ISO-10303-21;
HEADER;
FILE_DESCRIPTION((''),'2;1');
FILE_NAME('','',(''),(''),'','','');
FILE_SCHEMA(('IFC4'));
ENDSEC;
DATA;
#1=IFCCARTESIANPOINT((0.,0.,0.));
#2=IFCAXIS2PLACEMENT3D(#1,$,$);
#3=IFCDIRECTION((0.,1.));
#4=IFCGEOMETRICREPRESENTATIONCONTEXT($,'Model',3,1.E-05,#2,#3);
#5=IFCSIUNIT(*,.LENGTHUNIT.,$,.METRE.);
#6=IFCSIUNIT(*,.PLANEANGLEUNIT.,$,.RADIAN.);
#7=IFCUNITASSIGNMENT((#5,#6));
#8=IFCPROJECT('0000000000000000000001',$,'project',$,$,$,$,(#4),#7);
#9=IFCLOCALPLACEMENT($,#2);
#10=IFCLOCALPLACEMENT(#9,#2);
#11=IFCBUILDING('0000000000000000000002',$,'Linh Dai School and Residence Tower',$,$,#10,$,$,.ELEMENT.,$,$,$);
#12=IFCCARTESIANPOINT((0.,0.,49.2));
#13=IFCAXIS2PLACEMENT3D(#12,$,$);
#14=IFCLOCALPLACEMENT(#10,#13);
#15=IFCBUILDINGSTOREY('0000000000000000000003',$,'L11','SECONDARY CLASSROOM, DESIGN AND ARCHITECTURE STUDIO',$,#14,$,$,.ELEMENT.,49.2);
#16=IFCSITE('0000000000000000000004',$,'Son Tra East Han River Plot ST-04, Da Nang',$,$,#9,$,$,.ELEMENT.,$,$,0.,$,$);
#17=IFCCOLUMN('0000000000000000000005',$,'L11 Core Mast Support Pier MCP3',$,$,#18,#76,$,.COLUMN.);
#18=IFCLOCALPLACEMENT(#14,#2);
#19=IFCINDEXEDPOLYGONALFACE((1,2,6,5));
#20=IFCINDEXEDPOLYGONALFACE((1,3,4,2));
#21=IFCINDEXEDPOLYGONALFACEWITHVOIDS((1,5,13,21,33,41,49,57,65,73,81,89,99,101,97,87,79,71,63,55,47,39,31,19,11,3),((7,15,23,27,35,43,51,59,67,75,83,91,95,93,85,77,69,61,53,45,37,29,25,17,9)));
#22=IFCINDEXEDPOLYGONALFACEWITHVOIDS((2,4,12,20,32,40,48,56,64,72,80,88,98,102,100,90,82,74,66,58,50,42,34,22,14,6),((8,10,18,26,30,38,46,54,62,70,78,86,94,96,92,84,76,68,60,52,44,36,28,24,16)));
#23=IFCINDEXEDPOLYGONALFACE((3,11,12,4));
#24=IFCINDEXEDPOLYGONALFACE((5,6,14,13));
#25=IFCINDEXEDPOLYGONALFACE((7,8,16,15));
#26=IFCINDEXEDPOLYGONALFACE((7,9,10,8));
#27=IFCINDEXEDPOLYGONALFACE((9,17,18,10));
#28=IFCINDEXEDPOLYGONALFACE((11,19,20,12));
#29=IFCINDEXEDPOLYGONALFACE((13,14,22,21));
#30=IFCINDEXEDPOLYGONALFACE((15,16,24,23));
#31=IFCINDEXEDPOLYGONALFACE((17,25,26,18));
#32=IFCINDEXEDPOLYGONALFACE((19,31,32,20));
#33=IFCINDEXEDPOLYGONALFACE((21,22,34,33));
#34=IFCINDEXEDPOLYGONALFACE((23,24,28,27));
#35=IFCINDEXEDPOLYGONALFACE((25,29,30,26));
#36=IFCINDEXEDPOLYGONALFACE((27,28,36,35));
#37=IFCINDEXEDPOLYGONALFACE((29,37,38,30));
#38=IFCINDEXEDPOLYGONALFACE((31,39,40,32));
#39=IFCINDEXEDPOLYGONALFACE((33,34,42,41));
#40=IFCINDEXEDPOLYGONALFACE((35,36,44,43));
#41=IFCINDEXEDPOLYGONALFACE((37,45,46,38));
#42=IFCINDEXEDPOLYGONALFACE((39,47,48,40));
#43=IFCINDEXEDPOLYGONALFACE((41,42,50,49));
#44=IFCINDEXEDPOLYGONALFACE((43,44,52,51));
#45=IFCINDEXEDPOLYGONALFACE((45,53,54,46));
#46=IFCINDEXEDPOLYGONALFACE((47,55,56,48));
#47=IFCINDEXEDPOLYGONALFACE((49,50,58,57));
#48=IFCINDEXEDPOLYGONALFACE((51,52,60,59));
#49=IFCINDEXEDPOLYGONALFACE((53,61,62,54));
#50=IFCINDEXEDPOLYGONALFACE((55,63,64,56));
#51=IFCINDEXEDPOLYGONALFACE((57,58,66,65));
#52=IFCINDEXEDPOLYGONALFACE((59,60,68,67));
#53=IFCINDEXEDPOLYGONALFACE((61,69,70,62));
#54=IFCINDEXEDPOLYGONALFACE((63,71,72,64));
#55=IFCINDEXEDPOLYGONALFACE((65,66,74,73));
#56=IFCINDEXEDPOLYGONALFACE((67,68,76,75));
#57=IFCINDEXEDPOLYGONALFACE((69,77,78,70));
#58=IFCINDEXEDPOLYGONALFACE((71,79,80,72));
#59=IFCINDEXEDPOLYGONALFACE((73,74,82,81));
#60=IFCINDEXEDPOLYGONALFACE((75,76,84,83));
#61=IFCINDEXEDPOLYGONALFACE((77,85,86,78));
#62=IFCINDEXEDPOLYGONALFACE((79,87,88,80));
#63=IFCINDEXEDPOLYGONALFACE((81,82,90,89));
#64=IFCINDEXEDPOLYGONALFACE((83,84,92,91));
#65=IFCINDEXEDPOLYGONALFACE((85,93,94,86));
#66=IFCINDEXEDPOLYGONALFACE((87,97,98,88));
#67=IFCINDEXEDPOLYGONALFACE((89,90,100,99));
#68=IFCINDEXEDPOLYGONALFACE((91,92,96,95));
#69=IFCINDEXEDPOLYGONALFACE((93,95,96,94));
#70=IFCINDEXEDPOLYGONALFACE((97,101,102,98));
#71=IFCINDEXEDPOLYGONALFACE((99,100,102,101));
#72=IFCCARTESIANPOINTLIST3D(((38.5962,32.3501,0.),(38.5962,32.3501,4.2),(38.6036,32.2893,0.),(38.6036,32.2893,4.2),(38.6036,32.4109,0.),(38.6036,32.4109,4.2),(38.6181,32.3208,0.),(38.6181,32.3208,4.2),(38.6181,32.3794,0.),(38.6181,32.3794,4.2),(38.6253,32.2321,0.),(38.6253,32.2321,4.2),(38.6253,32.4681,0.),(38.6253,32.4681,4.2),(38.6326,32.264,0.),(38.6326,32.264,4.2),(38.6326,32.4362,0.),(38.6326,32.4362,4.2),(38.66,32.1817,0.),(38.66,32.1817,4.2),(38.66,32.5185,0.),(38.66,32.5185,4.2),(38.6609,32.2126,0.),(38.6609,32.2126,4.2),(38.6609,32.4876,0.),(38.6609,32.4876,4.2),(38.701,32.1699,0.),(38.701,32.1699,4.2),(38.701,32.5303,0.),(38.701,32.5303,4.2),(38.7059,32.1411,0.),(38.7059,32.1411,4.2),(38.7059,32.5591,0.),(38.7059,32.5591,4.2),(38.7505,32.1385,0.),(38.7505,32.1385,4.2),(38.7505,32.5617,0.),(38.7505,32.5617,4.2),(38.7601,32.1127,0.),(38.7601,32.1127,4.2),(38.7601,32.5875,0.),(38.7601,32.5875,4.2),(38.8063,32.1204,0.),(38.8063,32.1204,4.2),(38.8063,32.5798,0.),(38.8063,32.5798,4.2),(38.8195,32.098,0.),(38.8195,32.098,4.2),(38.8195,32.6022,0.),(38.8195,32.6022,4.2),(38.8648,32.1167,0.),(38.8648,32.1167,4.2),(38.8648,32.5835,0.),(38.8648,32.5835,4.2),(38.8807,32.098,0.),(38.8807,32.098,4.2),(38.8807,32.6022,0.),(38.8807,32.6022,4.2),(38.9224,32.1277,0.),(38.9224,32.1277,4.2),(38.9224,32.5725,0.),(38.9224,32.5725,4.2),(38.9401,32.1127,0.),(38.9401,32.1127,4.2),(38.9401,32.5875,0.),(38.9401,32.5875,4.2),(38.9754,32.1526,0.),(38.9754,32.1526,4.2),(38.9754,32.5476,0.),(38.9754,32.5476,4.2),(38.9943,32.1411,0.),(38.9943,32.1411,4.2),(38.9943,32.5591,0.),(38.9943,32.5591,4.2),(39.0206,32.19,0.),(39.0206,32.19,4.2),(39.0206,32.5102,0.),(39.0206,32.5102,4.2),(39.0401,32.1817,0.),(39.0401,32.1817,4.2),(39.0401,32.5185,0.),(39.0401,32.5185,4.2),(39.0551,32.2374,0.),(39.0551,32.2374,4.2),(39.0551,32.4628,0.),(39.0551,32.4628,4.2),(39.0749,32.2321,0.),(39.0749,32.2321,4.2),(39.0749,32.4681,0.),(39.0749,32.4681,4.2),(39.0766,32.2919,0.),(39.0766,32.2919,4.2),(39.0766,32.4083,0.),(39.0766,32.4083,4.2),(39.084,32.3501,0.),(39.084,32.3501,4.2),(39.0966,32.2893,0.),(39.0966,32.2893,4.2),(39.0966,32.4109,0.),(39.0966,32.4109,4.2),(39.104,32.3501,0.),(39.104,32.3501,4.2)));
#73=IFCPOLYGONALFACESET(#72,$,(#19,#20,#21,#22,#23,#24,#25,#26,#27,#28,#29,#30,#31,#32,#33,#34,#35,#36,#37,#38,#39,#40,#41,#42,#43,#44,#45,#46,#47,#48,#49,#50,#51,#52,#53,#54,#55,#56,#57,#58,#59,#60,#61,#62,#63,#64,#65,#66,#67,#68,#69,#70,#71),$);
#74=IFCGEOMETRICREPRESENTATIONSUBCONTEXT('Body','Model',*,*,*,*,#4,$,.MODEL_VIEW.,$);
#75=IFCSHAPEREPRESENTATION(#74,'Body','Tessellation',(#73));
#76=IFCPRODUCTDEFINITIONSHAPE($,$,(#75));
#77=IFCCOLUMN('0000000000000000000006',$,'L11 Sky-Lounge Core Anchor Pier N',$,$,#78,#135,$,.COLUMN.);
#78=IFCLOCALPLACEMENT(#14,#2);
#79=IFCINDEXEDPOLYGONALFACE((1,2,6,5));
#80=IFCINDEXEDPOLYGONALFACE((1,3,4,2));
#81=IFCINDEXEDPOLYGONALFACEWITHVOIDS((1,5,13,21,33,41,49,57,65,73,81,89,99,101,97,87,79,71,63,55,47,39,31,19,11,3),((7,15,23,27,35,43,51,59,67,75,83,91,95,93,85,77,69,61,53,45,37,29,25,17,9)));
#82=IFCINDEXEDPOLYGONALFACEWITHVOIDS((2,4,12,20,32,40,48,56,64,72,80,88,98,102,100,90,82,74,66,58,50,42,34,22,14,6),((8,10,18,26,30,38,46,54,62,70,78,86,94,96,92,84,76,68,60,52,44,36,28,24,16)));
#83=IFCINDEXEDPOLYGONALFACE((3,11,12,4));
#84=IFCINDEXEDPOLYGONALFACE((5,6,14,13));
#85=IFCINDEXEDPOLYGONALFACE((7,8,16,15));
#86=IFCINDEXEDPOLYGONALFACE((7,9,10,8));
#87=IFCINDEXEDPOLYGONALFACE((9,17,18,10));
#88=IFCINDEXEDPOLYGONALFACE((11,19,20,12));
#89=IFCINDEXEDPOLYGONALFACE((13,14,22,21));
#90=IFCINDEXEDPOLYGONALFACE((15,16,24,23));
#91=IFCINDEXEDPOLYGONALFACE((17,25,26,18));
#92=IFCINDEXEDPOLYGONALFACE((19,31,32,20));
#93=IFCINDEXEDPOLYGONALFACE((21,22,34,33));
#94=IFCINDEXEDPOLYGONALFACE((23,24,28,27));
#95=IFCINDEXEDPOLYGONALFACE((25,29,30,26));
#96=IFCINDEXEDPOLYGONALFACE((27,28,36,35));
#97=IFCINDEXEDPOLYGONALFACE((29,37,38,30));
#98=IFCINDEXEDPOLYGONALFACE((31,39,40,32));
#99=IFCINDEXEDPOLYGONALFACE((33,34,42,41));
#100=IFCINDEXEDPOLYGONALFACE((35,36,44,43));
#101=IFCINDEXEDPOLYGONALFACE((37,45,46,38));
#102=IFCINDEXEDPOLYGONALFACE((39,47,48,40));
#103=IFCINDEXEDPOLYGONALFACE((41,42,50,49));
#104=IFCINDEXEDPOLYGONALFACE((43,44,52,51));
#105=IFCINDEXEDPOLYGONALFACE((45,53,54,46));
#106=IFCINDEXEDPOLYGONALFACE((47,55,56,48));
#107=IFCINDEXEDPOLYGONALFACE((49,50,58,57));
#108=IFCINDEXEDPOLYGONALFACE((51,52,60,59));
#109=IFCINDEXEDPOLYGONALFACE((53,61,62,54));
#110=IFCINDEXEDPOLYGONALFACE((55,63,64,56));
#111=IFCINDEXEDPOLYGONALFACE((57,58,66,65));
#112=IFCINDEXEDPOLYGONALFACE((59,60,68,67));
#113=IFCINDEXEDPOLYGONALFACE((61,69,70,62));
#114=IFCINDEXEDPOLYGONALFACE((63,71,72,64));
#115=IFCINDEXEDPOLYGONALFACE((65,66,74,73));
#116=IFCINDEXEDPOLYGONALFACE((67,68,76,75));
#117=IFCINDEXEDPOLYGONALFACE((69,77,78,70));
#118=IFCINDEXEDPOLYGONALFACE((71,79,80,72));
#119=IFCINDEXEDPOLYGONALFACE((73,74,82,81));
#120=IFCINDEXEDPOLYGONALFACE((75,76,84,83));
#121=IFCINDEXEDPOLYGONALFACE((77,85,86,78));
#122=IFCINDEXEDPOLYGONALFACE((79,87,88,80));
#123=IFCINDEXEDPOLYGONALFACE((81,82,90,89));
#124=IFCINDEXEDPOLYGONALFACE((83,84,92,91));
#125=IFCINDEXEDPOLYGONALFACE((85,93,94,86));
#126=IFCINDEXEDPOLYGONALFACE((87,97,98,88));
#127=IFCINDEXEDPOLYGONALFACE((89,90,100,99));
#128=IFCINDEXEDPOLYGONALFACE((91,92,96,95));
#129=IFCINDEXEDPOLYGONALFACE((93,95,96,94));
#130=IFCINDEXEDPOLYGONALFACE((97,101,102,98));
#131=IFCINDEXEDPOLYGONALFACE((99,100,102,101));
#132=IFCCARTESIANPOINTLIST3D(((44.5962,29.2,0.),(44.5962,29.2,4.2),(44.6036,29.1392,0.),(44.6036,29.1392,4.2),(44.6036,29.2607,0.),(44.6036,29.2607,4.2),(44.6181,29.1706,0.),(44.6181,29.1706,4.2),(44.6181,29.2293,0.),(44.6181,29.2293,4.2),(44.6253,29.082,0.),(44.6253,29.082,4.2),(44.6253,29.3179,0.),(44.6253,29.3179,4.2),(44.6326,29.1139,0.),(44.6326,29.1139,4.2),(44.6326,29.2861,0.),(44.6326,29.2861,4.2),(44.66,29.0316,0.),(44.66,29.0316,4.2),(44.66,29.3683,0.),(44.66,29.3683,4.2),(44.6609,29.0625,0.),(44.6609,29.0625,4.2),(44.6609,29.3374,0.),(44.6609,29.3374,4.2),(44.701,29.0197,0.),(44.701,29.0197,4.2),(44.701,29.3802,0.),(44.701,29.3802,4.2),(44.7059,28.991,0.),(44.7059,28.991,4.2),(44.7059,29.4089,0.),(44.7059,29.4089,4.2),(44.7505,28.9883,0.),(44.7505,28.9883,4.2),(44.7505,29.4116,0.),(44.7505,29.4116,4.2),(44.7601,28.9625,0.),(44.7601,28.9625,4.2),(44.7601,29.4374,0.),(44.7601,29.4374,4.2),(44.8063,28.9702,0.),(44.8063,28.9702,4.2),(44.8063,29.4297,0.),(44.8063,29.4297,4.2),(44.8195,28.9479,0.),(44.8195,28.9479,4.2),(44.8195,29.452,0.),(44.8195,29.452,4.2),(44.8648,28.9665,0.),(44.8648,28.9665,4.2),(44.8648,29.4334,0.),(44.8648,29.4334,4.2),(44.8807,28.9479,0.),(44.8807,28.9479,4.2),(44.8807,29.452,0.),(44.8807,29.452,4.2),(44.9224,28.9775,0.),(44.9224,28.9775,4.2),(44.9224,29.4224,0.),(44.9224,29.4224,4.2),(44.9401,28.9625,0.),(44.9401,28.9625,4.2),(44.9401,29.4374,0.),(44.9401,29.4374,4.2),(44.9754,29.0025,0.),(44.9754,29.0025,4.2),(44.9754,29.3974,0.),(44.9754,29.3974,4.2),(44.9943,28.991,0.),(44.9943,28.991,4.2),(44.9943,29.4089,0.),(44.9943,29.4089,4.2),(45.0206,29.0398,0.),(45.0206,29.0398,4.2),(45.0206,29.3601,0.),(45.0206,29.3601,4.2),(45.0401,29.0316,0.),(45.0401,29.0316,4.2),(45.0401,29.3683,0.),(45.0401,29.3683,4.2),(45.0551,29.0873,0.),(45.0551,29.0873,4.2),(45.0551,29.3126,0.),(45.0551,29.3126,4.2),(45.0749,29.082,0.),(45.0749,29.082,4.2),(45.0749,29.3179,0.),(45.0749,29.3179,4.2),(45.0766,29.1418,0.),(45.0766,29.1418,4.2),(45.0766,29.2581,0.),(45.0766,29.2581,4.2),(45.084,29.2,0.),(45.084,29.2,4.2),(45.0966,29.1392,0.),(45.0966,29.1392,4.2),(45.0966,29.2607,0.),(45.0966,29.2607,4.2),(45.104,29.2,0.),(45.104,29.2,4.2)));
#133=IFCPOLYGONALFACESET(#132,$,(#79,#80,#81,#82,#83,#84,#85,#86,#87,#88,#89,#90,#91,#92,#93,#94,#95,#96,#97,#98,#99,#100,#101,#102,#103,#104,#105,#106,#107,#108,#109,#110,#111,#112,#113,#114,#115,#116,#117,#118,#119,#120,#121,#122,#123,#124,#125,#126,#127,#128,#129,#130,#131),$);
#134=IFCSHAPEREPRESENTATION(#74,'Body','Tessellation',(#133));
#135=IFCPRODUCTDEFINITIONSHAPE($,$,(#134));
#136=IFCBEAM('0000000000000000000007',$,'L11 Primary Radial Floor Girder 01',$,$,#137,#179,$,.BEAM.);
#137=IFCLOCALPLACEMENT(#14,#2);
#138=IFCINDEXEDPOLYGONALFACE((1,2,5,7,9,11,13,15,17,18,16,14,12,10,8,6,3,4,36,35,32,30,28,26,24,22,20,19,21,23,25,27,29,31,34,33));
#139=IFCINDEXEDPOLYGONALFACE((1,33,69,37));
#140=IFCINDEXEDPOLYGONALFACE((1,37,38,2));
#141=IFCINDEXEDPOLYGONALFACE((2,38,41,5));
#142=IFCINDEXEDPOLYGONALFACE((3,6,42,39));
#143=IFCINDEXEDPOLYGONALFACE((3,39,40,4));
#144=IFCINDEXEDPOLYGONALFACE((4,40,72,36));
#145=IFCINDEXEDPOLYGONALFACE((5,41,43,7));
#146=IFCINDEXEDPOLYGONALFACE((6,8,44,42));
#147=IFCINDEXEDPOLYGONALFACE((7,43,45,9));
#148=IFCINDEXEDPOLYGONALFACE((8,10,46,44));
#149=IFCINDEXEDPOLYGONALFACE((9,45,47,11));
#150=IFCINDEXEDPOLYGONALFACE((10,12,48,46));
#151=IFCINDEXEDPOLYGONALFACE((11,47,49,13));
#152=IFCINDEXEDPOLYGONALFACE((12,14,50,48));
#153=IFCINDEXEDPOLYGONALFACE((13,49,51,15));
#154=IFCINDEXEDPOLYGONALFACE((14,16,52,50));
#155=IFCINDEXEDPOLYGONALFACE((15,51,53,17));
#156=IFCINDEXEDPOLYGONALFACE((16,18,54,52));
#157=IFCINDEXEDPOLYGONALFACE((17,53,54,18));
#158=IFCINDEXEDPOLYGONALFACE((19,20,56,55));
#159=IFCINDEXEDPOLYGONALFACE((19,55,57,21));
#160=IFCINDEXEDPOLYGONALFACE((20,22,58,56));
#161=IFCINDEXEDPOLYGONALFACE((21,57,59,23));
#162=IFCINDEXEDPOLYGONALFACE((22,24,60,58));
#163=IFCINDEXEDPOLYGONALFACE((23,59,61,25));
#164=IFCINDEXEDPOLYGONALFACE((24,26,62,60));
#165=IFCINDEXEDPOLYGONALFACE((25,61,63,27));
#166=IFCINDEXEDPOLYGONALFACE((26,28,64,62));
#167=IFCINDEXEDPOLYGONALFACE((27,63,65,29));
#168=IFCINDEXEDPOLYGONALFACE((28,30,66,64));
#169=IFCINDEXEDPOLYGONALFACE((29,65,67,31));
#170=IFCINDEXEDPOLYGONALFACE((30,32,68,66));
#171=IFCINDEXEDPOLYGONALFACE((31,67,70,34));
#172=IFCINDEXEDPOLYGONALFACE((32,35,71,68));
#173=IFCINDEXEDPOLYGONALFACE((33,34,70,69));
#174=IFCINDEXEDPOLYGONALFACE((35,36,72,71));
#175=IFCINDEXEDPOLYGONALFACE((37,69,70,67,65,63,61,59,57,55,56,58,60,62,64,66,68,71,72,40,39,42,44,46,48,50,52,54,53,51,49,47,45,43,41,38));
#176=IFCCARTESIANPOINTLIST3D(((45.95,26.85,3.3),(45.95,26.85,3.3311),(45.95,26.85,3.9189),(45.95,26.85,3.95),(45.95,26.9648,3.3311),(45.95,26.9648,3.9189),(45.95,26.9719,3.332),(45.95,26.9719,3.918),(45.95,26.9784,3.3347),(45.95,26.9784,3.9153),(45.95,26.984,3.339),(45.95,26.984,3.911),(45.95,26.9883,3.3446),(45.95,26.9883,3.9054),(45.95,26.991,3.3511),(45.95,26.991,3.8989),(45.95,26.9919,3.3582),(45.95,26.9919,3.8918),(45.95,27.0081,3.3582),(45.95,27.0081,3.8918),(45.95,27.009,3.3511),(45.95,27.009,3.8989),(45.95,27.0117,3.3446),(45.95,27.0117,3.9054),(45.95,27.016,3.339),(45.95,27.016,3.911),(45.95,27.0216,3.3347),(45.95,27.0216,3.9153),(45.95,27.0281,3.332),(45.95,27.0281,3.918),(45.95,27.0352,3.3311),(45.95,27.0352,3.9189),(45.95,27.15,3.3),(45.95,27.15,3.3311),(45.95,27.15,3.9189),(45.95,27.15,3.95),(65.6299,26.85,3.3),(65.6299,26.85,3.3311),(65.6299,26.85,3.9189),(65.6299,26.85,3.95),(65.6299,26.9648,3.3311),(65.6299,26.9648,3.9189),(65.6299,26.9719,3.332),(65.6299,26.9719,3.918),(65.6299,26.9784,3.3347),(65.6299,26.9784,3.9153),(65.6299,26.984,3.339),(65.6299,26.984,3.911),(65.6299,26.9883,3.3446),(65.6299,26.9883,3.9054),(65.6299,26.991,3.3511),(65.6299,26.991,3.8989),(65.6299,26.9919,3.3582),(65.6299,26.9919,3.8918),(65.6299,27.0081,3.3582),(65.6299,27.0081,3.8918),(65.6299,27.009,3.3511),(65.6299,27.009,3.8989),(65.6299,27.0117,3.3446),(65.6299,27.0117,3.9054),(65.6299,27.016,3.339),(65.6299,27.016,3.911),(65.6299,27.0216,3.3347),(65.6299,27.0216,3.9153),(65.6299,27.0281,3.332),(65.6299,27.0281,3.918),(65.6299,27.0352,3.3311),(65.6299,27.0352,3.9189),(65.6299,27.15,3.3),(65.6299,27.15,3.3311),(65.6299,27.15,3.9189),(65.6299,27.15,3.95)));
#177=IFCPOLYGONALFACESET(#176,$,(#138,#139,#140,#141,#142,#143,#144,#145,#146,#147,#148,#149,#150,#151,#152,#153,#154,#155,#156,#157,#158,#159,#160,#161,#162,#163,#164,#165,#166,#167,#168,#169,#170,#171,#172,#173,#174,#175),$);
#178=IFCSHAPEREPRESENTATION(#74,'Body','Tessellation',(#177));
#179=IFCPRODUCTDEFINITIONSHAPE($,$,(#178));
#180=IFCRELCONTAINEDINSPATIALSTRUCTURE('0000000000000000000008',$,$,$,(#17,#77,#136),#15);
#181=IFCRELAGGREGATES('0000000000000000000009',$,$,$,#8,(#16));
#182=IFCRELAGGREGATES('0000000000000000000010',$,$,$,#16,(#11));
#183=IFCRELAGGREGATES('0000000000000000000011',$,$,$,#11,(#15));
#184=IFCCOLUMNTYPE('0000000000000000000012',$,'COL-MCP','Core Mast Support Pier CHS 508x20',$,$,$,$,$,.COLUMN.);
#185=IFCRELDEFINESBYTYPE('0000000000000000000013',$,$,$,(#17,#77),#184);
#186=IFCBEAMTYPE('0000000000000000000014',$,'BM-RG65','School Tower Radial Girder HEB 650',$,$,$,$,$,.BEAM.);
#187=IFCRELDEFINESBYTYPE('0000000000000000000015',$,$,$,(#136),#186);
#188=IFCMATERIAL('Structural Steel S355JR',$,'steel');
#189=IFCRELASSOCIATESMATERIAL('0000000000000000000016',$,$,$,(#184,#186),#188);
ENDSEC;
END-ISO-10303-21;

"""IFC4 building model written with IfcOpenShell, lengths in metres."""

from ifc_helpers import new_model, si_unit, direction, frame, origin, origin_2d, place, context, subcontext, project, spatial, hollow_circle, i_section, extrude, material, material_profile, profile_set, type_object, element, save


model = new_model("IFC4")

# Units and contexts
model_context = context("Model", 3, precision=1e-05, world=origin(), true_north=direction((0.0, 1.0)))
body_context = subcontext(model_context, "Body", "Model", "MODEL_VIEW")
ifc_project = project(units=[si_unit("LENGTHUNIT", "METRE"), si_unit("PLANEANGLEUNIT", "RADIAN")], contexts=[model_context])

# Site, building, storey
site_placement = place(None, origin())
site = spatial("IfcSite", under=ifc_project, at=site_placement, Name="Son Tra East Han River Plot ST-04, Da Nang", CompositionType="ELEMENT", RefElevation=0.0)
building_placement = place(site_placement, origin())
building = spatial("IfcBuilding", under=site, at=building_placement, Name="Linh Dai School and Residence Tower", CompositionType="ELEMENT")
storey_placement = place(building_placement, frame((0.0, 0.0, 49.2)))
storey = spatial("IfcBuildingStorey", under=building, at=storey_placement, Name="L11", Description="SECONDARY CLASSROOM, DESIGN AND ARCHITECTURE STUDIO", CompositionType="ELEMENT", Elevation=49.2)

# Columns
ifc_material_1 = material(Name="Structural Steel S355JR", Category="steel")
ifc_material_profile_1 = material_profile(ifc_material_1, hollow_circle(Radius=0.2539, WallThickness=0.02, at=origin_2d()), Name="CHS 508x20")
ifc_profile_set_1 = profile_set([ifc_material_profile_1], Name="Structural Steel S355JR")
column_type_1 = type_object("IfcColumnType", Name="COL-MCP", Description="Core Mast Support Pier CHS 508x20", PredefinedType="COLUMN", material=ifc_profile_set_1)
for number, where, z_axis, x_axis, name in (
    (1, (38.8501, 32.3501, 0.0), (0.0, 0.0, 1.0), (1.0, 0.0, 0.0), "L11 Core Mast Support Pier MCP3"),
    (2, (44.8501, 29.2, 0.0), (0.0, 0.0, 1.0), (1.0, 0.0, 0.0), "L11 Sky-Lounge Core Anchor Pier N"),
):
    element("IfcColumn", number, at=place(storey_placement, frame(where, z_axis=z_axis, x_axis=x_axis)), inside=storey, type_object=column_type_1, Name=name, PredefinedType="COLUMN", context=body_context, shape_type="SweptSolid", body=[
        extrude(hollow_circle(Radius=0.2539, WallThickness=0.02, at=origin_2d()), origin(), (0.0, 0.0, 1.0), 4.2),
    ])

# Beam
ifc_material_profile_2 = material_profile(ifc_material_1, i_section(OverallWidth=0.3, OverallDepth=0.6499, WebThickness=0.0161, FlangeThickness=0.031, FilletRadius=0.0271, at=origin_2d()), Name="HEB 650")
ifc_profile_set_2 = profile_set([ifc_material_profile_2], Name="Structural Steel S355JR")
beam_type_1 = type_object("IfcBeamType", Name="BM-RG65", Description="School Tower Radial Girder HEB 650", PredefinedType="BEAM", material=ifc_profile_set_2)
beam_1_placement = place(storey_placement, frame((45.95, 27.0, 3.625), z_axis=(1.0, 0.0, 0.0), x_axis=(0.0, 1.0, 0.0)))
element("IfcBeam", 3, at=beam_1_placement, inside=storey, type_object=beam_type_1, Name="L11 Primary Radial Floor Girder 01", PredefinedType="BEAM", context=body_context, shape_type="SweptSolid", body=[
    extrude(i_section(OverallWidth=0.3, OverallDepth=0.6499, WebThickness=0.0161, FlangeThickness=0.031, FilletRadius=0.0271, at=origin_2d()), origin(), (0.0, 0.0, 1.0), 19.6799),
])

save(model, "model.ifc")
